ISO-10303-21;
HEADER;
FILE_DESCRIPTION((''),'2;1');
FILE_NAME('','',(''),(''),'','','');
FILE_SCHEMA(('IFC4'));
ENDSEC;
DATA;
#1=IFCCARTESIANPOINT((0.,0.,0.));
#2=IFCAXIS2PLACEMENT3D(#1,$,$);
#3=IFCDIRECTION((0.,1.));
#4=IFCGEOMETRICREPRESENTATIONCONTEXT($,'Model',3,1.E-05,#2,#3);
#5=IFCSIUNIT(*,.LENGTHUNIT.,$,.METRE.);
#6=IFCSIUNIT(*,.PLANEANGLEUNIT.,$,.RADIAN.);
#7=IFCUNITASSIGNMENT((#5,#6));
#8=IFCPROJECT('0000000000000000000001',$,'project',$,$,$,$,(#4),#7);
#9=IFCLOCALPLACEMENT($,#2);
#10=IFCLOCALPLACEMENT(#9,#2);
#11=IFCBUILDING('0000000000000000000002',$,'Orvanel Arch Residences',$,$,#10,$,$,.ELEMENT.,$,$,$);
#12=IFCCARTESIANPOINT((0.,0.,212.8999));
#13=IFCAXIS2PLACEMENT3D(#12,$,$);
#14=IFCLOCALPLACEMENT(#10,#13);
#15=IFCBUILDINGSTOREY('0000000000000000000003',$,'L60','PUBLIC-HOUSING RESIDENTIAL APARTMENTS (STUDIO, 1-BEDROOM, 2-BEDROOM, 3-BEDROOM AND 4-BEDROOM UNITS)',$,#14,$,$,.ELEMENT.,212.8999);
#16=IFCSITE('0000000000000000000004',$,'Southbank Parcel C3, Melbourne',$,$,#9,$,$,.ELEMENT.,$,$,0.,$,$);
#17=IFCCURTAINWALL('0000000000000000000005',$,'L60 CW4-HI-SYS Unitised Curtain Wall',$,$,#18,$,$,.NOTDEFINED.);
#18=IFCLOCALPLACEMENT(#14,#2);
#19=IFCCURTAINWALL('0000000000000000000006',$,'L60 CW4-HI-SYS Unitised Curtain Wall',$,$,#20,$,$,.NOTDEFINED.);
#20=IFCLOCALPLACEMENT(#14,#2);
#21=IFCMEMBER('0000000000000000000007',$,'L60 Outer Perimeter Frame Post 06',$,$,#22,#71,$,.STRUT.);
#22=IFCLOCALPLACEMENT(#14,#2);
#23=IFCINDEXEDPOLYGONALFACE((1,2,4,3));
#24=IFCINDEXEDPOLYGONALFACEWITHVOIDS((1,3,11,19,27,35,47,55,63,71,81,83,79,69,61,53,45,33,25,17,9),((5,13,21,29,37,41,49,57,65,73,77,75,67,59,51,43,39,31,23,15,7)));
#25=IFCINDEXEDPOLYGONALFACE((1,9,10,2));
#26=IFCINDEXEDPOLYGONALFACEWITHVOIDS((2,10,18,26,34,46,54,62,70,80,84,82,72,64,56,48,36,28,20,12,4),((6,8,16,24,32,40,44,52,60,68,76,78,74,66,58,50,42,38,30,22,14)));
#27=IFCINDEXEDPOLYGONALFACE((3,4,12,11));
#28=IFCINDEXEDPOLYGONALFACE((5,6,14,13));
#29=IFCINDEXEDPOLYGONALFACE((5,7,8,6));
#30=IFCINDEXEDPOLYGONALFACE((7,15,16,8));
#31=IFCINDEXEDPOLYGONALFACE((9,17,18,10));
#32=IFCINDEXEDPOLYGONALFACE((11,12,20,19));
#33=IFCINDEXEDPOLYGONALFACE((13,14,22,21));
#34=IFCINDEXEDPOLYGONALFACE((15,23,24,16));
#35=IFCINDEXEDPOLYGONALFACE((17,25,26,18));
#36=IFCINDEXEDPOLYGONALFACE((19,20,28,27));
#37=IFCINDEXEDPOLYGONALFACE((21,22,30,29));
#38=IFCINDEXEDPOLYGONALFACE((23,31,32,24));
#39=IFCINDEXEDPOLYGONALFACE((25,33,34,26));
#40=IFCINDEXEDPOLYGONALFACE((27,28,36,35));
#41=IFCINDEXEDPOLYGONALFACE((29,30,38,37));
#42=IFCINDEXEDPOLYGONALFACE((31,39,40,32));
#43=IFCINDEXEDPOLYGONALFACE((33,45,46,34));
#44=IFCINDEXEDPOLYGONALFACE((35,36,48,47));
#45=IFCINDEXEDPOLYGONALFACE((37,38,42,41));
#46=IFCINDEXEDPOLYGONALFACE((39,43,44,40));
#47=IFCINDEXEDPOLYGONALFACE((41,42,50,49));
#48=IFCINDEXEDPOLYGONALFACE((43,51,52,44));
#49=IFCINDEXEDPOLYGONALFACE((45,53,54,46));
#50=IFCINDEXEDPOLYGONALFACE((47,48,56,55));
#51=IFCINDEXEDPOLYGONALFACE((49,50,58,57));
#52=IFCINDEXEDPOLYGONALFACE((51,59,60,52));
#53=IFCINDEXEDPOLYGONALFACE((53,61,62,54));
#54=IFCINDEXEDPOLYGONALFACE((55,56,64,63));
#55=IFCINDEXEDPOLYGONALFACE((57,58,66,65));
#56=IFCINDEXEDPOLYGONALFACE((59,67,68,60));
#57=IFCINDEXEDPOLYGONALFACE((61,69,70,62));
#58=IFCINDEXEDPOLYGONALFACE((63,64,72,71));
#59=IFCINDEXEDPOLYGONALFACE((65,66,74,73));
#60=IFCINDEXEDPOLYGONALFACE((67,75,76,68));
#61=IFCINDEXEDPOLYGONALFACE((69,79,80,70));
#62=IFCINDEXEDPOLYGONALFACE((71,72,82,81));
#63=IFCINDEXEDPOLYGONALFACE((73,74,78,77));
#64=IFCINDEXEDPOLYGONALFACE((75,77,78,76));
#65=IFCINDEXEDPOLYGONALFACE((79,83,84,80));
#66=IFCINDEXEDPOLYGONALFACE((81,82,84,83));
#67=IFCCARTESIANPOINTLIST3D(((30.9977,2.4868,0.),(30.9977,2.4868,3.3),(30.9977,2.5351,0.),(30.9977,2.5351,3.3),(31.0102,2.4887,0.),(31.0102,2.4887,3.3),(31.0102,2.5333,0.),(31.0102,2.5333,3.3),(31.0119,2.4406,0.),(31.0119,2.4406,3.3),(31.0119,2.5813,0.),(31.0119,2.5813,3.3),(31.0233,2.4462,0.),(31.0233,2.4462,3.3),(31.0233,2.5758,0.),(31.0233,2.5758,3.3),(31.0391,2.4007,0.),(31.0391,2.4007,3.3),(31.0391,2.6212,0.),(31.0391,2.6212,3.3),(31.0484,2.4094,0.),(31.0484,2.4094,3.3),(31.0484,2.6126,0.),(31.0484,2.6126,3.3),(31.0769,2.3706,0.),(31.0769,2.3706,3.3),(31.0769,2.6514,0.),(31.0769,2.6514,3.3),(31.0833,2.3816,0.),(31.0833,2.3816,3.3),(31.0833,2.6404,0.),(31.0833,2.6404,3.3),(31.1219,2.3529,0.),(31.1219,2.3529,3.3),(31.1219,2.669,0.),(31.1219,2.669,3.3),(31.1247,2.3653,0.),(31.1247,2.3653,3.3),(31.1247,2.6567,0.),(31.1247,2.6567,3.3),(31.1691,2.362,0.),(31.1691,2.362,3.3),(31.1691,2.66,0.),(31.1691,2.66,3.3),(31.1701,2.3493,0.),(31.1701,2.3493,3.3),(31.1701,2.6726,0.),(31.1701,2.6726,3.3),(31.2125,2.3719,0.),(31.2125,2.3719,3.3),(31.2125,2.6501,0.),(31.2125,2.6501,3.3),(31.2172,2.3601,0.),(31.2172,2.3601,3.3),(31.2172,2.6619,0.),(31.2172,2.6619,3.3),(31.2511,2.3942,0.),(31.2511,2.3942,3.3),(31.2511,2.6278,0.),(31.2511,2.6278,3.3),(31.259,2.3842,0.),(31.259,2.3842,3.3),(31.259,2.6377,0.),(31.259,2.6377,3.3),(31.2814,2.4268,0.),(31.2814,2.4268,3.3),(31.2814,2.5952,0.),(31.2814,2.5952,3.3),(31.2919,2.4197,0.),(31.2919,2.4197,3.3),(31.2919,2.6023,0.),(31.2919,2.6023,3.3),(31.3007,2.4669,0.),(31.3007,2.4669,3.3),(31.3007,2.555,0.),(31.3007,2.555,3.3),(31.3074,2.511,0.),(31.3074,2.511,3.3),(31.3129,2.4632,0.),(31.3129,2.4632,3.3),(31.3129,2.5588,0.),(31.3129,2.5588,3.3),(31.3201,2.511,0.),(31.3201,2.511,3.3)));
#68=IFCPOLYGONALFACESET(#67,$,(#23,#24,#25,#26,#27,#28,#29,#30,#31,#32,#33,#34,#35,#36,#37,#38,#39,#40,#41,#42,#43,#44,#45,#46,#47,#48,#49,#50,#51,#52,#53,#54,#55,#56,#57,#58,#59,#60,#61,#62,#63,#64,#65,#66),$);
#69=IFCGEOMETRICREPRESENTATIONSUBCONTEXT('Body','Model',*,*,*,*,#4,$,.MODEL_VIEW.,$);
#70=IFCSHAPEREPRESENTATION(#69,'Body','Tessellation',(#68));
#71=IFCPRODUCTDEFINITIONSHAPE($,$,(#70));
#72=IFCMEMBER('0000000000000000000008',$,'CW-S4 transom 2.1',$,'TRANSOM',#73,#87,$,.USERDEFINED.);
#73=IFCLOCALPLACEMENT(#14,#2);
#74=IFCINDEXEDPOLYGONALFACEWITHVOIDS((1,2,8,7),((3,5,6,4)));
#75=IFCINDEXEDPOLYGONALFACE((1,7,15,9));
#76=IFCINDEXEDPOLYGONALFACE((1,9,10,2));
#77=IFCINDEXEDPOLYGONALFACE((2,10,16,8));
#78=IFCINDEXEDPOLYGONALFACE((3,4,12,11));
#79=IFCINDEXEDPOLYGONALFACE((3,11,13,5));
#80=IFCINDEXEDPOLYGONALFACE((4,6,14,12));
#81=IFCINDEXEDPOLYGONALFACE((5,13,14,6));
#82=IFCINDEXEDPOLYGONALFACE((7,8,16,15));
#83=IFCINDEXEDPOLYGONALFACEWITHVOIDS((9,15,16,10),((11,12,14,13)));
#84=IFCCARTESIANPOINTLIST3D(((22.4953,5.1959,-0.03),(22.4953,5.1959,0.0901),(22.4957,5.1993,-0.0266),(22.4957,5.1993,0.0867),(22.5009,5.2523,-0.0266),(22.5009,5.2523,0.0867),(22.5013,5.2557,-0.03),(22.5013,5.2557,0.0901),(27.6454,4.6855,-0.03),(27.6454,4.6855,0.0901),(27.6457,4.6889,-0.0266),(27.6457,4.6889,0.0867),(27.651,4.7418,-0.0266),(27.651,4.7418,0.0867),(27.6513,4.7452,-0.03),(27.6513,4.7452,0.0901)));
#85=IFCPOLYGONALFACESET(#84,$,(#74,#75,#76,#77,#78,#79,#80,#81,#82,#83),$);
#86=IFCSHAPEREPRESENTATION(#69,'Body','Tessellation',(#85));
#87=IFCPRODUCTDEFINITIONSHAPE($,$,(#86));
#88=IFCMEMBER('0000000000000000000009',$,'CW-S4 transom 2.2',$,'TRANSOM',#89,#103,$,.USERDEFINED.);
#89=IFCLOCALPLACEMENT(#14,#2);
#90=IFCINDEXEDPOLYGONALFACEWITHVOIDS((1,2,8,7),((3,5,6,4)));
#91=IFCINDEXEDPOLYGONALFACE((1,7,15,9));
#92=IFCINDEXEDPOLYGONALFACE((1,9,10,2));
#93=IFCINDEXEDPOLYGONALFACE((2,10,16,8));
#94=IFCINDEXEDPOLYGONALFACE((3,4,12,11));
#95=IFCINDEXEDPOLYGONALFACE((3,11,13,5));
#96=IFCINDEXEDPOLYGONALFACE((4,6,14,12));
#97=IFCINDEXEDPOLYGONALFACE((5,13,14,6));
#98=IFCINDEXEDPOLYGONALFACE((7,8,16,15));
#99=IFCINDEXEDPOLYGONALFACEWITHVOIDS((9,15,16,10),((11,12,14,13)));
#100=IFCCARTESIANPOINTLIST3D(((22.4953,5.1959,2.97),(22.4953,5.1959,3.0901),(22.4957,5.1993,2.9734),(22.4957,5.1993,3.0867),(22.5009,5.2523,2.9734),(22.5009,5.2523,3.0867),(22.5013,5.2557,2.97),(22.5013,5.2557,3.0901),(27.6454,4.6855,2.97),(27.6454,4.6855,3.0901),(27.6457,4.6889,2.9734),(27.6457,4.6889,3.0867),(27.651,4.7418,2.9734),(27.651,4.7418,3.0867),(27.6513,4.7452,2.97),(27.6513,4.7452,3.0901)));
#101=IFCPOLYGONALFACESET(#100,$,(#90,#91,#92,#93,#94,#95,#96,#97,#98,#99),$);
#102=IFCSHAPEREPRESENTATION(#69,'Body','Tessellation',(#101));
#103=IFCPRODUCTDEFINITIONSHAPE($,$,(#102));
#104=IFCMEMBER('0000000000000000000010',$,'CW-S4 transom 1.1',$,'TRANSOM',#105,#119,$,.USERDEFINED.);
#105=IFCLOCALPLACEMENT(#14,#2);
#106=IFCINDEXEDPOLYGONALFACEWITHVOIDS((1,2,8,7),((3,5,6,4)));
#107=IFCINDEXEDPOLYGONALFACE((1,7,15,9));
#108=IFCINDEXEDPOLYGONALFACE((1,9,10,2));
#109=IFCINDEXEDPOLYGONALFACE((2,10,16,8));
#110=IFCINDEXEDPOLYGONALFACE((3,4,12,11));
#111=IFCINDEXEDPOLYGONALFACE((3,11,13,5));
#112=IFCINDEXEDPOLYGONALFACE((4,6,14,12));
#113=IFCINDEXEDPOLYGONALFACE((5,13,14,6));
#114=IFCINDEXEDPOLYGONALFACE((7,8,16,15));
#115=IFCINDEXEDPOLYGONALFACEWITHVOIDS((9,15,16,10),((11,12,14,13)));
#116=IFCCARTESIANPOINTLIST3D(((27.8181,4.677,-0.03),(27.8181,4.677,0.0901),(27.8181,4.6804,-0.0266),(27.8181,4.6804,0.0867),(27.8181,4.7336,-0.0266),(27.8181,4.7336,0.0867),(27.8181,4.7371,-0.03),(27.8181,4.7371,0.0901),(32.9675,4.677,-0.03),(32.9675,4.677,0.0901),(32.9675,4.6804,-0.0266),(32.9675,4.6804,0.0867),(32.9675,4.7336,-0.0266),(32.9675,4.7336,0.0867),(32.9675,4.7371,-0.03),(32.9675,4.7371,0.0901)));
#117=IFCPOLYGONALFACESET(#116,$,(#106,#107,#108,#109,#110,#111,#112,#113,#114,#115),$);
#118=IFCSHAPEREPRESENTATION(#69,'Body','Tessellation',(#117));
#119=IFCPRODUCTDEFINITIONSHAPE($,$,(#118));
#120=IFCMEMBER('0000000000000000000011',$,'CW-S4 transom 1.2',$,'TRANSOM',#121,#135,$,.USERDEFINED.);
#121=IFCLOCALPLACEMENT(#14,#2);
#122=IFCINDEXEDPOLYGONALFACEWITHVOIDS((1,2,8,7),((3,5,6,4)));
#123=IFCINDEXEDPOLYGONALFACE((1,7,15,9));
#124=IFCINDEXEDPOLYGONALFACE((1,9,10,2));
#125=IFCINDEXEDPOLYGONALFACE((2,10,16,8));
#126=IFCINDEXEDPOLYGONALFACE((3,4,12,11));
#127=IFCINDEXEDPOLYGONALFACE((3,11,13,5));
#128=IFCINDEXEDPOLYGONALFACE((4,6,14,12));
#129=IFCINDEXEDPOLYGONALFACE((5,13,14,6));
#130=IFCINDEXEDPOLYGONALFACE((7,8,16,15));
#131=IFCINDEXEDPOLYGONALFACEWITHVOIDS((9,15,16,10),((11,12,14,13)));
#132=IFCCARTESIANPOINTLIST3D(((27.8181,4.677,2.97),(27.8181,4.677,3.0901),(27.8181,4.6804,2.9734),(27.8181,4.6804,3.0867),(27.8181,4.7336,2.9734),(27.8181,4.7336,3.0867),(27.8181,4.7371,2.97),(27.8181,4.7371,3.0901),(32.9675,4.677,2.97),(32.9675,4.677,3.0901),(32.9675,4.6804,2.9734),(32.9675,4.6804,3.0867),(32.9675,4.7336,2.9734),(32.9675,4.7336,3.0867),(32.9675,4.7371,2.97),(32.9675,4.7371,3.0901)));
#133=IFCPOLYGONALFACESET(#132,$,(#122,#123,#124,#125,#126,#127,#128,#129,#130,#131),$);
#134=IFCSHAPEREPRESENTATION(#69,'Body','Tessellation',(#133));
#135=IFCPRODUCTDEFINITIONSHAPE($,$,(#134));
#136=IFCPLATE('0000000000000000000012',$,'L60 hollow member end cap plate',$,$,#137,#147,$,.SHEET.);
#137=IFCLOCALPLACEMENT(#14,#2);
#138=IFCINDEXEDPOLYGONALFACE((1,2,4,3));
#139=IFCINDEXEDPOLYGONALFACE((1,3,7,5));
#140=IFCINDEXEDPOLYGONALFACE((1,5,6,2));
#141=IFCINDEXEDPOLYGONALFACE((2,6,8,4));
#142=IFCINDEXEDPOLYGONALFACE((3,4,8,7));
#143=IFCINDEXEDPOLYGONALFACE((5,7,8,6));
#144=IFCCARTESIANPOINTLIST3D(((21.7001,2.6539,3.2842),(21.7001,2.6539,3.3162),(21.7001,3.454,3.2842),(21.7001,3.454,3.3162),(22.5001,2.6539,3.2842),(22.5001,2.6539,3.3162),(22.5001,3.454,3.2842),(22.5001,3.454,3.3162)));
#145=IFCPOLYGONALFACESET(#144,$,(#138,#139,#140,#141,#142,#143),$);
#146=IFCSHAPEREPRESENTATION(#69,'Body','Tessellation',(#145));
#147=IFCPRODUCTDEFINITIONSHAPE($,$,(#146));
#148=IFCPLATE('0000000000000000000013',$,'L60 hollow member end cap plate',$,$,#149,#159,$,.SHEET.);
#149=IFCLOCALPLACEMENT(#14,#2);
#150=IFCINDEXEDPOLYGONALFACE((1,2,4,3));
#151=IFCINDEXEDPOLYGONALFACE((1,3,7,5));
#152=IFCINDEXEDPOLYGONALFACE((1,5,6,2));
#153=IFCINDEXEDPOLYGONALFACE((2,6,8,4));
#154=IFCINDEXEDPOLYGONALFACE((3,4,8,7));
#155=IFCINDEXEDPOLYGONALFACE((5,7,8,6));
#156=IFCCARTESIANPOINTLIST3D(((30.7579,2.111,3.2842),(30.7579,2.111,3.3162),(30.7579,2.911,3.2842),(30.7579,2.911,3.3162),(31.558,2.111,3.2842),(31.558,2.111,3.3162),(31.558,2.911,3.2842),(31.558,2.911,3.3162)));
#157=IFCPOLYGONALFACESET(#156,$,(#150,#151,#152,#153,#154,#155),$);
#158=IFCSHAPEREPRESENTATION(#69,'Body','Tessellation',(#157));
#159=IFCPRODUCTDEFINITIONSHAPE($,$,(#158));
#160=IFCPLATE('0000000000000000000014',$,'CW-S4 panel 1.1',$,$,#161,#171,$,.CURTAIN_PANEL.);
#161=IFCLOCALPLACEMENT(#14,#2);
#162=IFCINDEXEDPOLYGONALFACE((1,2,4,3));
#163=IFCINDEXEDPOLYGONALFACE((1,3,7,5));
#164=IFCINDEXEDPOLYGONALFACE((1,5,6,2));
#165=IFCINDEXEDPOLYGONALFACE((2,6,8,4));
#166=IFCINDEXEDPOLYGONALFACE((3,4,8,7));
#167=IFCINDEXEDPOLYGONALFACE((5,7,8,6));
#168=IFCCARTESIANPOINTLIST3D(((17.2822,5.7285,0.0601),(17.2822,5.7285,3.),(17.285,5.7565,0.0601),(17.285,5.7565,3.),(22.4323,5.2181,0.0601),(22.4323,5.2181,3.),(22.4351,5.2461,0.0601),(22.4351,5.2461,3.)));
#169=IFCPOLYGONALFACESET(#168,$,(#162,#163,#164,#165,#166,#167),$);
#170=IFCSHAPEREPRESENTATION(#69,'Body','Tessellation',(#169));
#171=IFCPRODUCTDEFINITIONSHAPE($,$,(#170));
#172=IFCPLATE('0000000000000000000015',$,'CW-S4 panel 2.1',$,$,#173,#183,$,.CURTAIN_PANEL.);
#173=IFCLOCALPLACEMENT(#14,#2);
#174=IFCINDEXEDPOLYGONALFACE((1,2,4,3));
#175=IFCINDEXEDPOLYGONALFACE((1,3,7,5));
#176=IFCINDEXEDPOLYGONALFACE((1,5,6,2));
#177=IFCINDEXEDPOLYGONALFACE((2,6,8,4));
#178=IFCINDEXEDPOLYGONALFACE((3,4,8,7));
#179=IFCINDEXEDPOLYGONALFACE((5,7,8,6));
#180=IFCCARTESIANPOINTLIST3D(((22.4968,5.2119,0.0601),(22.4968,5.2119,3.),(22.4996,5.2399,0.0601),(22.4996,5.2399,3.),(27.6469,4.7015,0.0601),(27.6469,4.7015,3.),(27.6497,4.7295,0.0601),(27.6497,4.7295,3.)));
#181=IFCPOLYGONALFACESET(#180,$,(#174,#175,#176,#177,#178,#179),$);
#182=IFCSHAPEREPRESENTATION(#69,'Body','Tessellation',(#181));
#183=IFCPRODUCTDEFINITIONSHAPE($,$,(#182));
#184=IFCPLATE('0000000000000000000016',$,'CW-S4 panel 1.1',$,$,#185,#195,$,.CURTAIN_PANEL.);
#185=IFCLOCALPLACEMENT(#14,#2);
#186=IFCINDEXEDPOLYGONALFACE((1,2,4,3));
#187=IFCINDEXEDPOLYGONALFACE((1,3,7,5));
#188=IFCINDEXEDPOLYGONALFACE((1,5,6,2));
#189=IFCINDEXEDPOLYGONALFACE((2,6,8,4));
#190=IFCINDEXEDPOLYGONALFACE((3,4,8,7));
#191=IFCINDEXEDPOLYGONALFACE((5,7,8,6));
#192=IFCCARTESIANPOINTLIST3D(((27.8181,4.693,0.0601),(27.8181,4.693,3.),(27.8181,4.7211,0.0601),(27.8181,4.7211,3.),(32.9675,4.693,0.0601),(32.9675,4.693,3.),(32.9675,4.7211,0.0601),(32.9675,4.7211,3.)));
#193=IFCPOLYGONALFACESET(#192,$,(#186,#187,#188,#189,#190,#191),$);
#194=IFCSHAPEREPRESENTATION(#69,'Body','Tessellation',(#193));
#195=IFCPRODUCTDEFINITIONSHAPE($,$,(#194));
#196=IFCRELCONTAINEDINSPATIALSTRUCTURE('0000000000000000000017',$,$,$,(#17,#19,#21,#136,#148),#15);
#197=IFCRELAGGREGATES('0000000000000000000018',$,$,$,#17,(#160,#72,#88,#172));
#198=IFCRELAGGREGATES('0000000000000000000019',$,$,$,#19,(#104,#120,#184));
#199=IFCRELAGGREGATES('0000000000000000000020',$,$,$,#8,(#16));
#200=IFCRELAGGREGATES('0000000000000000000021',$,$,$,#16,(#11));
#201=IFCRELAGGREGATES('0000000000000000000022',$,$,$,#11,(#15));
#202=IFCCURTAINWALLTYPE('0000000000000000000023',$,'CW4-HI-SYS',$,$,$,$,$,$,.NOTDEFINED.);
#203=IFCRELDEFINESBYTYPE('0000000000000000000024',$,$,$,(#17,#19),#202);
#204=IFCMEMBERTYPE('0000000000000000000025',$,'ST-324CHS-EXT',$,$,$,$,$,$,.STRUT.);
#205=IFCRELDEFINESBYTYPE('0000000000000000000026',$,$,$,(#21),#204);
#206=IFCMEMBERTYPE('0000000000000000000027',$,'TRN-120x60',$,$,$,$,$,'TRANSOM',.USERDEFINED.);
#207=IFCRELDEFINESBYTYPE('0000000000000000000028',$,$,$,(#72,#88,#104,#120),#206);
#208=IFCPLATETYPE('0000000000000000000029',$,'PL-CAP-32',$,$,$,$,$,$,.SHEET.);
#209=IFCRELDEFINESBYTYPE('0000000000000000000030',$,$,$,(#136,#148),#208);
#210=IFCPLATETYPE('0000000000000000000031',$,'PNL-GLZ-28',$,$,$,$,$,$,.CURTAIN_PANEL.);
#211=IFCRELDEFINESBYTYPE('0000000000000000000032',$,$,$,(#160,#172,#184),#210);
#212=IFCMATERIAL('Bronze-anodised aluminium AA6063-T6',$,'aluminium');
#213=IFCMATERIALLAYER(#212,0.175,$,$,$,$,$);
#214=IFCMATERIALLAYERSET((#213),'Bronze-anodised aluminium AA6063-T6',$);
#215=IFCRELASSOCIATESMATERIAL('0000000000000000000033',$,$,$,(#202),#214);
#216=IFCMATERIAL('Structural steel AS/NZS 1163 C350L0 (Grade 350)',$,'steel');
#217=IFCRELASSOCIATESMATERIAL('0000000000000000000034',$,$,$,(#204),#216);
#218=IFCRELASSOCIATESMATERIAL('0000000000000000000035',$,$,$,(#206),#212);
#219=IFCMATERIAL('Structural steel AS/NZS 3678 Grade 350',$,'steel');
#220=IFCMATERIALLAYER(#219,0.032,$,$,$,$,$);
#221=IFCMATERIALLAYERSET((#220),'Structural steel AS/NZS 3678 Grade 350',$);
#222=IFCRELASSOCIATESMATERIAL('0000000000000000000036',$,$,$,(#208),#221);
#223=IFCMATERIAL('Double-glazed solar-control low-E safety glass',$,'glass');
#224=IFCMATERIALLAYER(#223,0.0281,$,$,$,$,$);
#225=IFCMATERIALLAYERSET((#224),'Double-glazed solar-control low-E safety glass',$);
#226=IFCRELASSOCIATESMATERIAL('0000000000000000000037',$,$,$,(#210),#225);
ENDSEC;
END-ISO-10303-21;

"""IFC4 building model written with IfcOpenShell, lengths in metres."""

from ifc_helpers import new_model, si_unit, direction, frame, origin, origin_2d, place, context, subcontext, project, spatial, rectangle, hollow_rectangle, hollow_circle, extrude, material, layer, layer_set, material_profile, profile_set, type_object, element, aggregate, save


model = new_model("IFC4")

# Units and contexts
model_context = context("Model", 3, precision=1e-05, world=origin(), true_north=direction((0.0, 1.0)))
body_context = subcontext(model_context, "Body", "Model", "MODEL_VIEW")
ifc_project = project(units=[si_unit("LENGTHUNIT", "METRE"), si_unit("PLANEANGLEUNIT", "RADIAN")], contexts=[model_context])

# Site, building, storey
site_placement = place(None, origin())
site = spatial("IfcSite", under=ifc_project, at=site_placement, Name="Southbank Parcel C3, Melbourne", CompositionType="ELEMENT", RefElevation=0.0)
building_placement = place(site_placement, origin())
building = spatial("IfcBuilding", under=site, at=building_placement, Name="Orvanel Arch Residences", CompositionType="ELEMENT")
storey_placement = place(building_placement, frame((0.0, 0.0, 212.8999)))
storey = spatial("IfcBuildingStorey", under=building, at=storey_placement, Name="L60", Description="PUBLIC-HOUSING RESIDENTIAL APARTMENTS (STUDIO, 1-BEDROOM, 2-BEDROOM, 3-BEDROOM AND 4-BEDROOM UNITS)", CompositionType="ELEMENT", Elevation=212.8999)

# Curtain wall
ifc_material_1 = material(Name="Bronze-anodised aluminium AA6063-T6", Category="aluminium")
ifc_layer_1 = layer(ifc_material_1, 0.175)
ifc_layer_set_1 = layer_set([ifc_layer_1], Name="Bronze-anodised aluminium AA6063-T6")
curtain_wall_type = type_object("IfcCurtainWallType", Name="CW4-HI-SYS", PredefinedType="NOTDEFINED", material=ifc_layer_set_1)
curtain_wall_1_placement = place(storey_placement, origin())
curtain_wall_1 = element("IfcCurtainWall", 1, at=curtain_wall_1_placement, inside=storey, type_object=curtain_wall_type, Name="L60 CW4-HI-SYS Unitised Curtain Wall", PredefinedType="NOTDEFINED")

# Curtain wall
curtain_wall_2_placement = place(storey_placement, origin())
curtain_wall_2 = element("IfcCurtainWall", 2, at=curtain_wall_2_placement, inside=storey, type_object=curtain_wall_type, Name="L60 CW4-HI-SYS Unitised Curtain Wall", PredefinedType="NOTDEFINED")

# Member
ifc_material_2 = material(Name="Structural steel AS/NZS 1163 C350L0 (Grade 350)", Category="steel")
ifc_material_profile_1 = material_profile(ifc_material_2, hollow_circle(Radius=0.1621, WallThickness=0.0127, at=origin_2d()), Name="CHS324x12.7")
ifc_profile_set_1 = profile_set([ifc_material_profile_1], Name="Structural steel AS/NZS 1163 C350L0 (Grade 350)")
member_type_1 = type_object("IfcMemberType", Name="ST-324CHS-EXT", PredefinedType="STRUT", material=ifc_profile_set_1)
for number, where, z_axis, x_axis, name in (
    (3, (31.158, 2.511, 0.0), (0.0, 0.0, 1.0), (1.0, 0.0, 0.0), "L60 Outer Perimeter Frame Post 06"),
):
    element("IfcMember", number, at=place(storey_placement, frame(where, z_axis=z_axis, x_axis=x_axis)), inside=storey, type_object=member_type_1, Name=name, PredefinedType="STRUT", context=body_context, shape_type="SweptSolid", body=[
        extrude(hollow_circle(Radius=0.1621, WallThickness=0.0127, at=origin_2d()), origin(), (0.0, 0.0, 1.0), 3.3),
    ])

# Members
ifc_material_profile_2 = material_profile(ifc_material_1, hollow_rectangle(XDim=0.0601, YDim=0.1201, WallThickness=0.0034, at=origin_2d()), Name="ALU120x60x3.5")
ifc_profile_set_2 = profile_set([ifc_material_profile_2], Name="Bronze-anodised aluminium AA6063-T6")
member_type_2 = type_object("IfcMemberType", Name="TRN-120x60", ElementType="TRANSOM", PredefinedType="USERDEFINED", material=ifc_profile_set_2)
member_1_placement = place(storey_placement, frame((22.4983, 5.2258, 0.03), z_axis=(0.995123, -0.09864, 0.0), x_axis=(0.09864, 0.995123, 0.0)))
member_1 = element("IfcMember", 4, at=member_1_placement, type_object=member_type_2, Name="CW-S4 transom 2.1", ObjectType="TRANSOM", PredefinedType="USERDEFINED", context=body_context, shape_type="SweptSolid", body=[
    extrude(hollow_rectangle(XDim=0.0601, YDim=0.1201, WallThickness=0.0034, at=origin_2d()), origin(), (0.0, 0.0, 1.0), 5.1753),
])
member_2_placement = place(storey_placement, frame((22.4983, 5.2258, 3.03), z_axis=(0.995123, -0.09864, 0.0), x_axis=(0.09864, 0.995123, 0.0)))
member_2 = element("IfcMember", 5, at=member_2_placement, type_object=member_type_2, Name="CW-S4 transom 2.2", ObjectType="TRANSOM", PredefinedType="USERDEFINED", context=body_context, shape_type="SweptSolid", body=[
    extrude(hollow_rectangle(XDim=0.0601, YDim=0.1201, WallThickness=0.0034, at=origin_2d()), origin(), (0.0, 0.0, 1.0), 5.1753),
])
member_3_placement = place(storey_placement, frame((27.8181, 4.707, 0.03), z_axis=(1.0, 0.0, 0.0), x_axis=(0.0, 1.0, 0.0)))
member_3 = element("IfcMember", 6, at=member_3_placement, type_object=member_type_2, Name="CW-S4 transom 1.1", ObjectType="TRANSOM", PredefinedType="USERDEFINED", context=body_context, shape_type="SweptSolid", body=[
    extrude(hollow_rectangle(XDim=0.0601, YDim=0.1201, WallThickness=0.0034, at=origin_2d()), origin(), (0.0, 0.0, 1.0), 5.1494),
])
member_4_placement = place(storey_placement, frame((27.8181, 4.707, 3.03), z_axis=(1.0, 0.0, 0.0), x_axis=(0.0, 1.0, 0.0)))
member_4 = element("IfcMember", 7, at=member_4_placement, type_object=member_type_2, Name="CW-S4 transom 1.2", ObjectType="TRANSOM", PredefinedType="USERDEFINED", context=body_context, shape_type="SweptSolid", body=[
    extrude(hollow_rectangle(XDim=0.0601, YDim=0.1201, WallThickness=0.0034, at=origin_2d()), origin(), (0.0, 0.0, 1.0), 5.1494),
])

# Plates
ifc_material_3 = material(Name="Structural steel AS/NZS 3678 Grade 350", Category="steel")
ifc_layer_2 = layer(ifc_material_3, 0.032)
ifc_layer_set_2 = layer_set([ifc_layer_2], Name="Structural steel AS/NZS 3678 Grade 350")
plate_type_1 = type_object("IfcPlateType", Name="PL-CAP-32", PredefinedType="SHEET", material=ifc_layer_set_2)
for number, where, z_axis, x_axis, name in (
    (8, (22.1001, 3.054, 3.2842), (0.0, 0.0, 1.0), (1.0, 0.0, 0.0), "L60 hollow member end cap plate"),
    (9, (31.158, 2.511, 3.2842), (0.0, 0.0, 1.0), (1.0, 0.0, 0.0), "L60 hollow member end cap plate"),
):
    element("IfcPlate", number, at=place(storey_placement, frame(where, z_axis=z_axis, x_axis=x_axis)), inside=storey, type_object=plate_type_1, Name=name, PredefinedType="SHEET", context=body_context, shape_type="SweptSolid", body=[
        extrude(rectangle(XDim=0.8, YDim=0.8, at=origin_2d()), origin(), (0.0, 0.0, 1.0), 0.032),
    ])

# Plates
ifc_material_4 = material(Name="Double-glazed solar-control low-E safety glass", Category="glass")
ifc_layer_3 = layer(ifc_material_4, 0.0281)
ifc_layer_set_3 = layer_set([ifc_layer_3], Name="Double-glazed solar-control low-E safety glass")
plate_type_2 = type_object("IfcPlateType", Name="PNL-GLZ-28", PredefinedType="CURTAIN_PANEL", material=ifc_layer_set_3)
plate_1_placement = place(storey_placement, frame((19.8586, 5.4873, 0.0601), z_axis=(0.0, 0.0, 1.0), x_axis=(0.995125, -0.098621, 0.0)))
plate_1 = element("IfcPlate", 10, at=plate_1_placement, type_object=plate_type_2, Name="CW-S4 panel 1.1", PredefinedType="CURTAIN_PANEL", context=body_context, shape_type="SweptSolid", body=[
    extrude(rectangle(XDim=5.1753, YDim=0.0281, at=origin_2d()), origin(), (0.0, 0.0, 1.0), 2.9399),
])
plate_2_placement = place(storey_placement, frame((25.0732, 4.9707, 0.0601), z_axis=(0.0, 0.0, 1.0), x_axis=(0.995125, -0.098621, 0.0)))
plate_2 = element("IfcPlate", 11, at=plate_2_placement, type_object=plate_type_2, Name="CW-S4 panel 2.1", PredefinedType="CURTAIN_PANEL", context=body_context, shape_type="SweptSolid", body=[
    extrude(rectangle(XDim=5.1753, YDim=0.0281, at=origin_2d()), origin(), (0.0, 0.0, 1.0), 2.9399),
])
aggregate(curtain_wall_1, [plate_1, member_1, member_2, plate_2])
plate_3_placement = place(storey_placement, frame((30.3928, 4.707, 0.0601), z_axis=(0.0, 0.0, 1.0), x_axis=(1.0, 0.0, 0.0)))
plate_3 = element("IfcPlate", 12, at=plate_3_placement, type_object=plate_type_2, Name="CW-S4 panel 1.1", PredefinedType="CURTAIN_PANEL", context=body_context, shape_type="SweptSolid", body=[
    extrude(rectangle(XDim=5.1494, YDim=0.0281, at=origin_2d()), origin(), (0.0, 0.0, 1.0), 2.9399),
])
aggregate(curtain_wall_2, [member_3, member_4, plate_3])

save(model, "model.ifc")
